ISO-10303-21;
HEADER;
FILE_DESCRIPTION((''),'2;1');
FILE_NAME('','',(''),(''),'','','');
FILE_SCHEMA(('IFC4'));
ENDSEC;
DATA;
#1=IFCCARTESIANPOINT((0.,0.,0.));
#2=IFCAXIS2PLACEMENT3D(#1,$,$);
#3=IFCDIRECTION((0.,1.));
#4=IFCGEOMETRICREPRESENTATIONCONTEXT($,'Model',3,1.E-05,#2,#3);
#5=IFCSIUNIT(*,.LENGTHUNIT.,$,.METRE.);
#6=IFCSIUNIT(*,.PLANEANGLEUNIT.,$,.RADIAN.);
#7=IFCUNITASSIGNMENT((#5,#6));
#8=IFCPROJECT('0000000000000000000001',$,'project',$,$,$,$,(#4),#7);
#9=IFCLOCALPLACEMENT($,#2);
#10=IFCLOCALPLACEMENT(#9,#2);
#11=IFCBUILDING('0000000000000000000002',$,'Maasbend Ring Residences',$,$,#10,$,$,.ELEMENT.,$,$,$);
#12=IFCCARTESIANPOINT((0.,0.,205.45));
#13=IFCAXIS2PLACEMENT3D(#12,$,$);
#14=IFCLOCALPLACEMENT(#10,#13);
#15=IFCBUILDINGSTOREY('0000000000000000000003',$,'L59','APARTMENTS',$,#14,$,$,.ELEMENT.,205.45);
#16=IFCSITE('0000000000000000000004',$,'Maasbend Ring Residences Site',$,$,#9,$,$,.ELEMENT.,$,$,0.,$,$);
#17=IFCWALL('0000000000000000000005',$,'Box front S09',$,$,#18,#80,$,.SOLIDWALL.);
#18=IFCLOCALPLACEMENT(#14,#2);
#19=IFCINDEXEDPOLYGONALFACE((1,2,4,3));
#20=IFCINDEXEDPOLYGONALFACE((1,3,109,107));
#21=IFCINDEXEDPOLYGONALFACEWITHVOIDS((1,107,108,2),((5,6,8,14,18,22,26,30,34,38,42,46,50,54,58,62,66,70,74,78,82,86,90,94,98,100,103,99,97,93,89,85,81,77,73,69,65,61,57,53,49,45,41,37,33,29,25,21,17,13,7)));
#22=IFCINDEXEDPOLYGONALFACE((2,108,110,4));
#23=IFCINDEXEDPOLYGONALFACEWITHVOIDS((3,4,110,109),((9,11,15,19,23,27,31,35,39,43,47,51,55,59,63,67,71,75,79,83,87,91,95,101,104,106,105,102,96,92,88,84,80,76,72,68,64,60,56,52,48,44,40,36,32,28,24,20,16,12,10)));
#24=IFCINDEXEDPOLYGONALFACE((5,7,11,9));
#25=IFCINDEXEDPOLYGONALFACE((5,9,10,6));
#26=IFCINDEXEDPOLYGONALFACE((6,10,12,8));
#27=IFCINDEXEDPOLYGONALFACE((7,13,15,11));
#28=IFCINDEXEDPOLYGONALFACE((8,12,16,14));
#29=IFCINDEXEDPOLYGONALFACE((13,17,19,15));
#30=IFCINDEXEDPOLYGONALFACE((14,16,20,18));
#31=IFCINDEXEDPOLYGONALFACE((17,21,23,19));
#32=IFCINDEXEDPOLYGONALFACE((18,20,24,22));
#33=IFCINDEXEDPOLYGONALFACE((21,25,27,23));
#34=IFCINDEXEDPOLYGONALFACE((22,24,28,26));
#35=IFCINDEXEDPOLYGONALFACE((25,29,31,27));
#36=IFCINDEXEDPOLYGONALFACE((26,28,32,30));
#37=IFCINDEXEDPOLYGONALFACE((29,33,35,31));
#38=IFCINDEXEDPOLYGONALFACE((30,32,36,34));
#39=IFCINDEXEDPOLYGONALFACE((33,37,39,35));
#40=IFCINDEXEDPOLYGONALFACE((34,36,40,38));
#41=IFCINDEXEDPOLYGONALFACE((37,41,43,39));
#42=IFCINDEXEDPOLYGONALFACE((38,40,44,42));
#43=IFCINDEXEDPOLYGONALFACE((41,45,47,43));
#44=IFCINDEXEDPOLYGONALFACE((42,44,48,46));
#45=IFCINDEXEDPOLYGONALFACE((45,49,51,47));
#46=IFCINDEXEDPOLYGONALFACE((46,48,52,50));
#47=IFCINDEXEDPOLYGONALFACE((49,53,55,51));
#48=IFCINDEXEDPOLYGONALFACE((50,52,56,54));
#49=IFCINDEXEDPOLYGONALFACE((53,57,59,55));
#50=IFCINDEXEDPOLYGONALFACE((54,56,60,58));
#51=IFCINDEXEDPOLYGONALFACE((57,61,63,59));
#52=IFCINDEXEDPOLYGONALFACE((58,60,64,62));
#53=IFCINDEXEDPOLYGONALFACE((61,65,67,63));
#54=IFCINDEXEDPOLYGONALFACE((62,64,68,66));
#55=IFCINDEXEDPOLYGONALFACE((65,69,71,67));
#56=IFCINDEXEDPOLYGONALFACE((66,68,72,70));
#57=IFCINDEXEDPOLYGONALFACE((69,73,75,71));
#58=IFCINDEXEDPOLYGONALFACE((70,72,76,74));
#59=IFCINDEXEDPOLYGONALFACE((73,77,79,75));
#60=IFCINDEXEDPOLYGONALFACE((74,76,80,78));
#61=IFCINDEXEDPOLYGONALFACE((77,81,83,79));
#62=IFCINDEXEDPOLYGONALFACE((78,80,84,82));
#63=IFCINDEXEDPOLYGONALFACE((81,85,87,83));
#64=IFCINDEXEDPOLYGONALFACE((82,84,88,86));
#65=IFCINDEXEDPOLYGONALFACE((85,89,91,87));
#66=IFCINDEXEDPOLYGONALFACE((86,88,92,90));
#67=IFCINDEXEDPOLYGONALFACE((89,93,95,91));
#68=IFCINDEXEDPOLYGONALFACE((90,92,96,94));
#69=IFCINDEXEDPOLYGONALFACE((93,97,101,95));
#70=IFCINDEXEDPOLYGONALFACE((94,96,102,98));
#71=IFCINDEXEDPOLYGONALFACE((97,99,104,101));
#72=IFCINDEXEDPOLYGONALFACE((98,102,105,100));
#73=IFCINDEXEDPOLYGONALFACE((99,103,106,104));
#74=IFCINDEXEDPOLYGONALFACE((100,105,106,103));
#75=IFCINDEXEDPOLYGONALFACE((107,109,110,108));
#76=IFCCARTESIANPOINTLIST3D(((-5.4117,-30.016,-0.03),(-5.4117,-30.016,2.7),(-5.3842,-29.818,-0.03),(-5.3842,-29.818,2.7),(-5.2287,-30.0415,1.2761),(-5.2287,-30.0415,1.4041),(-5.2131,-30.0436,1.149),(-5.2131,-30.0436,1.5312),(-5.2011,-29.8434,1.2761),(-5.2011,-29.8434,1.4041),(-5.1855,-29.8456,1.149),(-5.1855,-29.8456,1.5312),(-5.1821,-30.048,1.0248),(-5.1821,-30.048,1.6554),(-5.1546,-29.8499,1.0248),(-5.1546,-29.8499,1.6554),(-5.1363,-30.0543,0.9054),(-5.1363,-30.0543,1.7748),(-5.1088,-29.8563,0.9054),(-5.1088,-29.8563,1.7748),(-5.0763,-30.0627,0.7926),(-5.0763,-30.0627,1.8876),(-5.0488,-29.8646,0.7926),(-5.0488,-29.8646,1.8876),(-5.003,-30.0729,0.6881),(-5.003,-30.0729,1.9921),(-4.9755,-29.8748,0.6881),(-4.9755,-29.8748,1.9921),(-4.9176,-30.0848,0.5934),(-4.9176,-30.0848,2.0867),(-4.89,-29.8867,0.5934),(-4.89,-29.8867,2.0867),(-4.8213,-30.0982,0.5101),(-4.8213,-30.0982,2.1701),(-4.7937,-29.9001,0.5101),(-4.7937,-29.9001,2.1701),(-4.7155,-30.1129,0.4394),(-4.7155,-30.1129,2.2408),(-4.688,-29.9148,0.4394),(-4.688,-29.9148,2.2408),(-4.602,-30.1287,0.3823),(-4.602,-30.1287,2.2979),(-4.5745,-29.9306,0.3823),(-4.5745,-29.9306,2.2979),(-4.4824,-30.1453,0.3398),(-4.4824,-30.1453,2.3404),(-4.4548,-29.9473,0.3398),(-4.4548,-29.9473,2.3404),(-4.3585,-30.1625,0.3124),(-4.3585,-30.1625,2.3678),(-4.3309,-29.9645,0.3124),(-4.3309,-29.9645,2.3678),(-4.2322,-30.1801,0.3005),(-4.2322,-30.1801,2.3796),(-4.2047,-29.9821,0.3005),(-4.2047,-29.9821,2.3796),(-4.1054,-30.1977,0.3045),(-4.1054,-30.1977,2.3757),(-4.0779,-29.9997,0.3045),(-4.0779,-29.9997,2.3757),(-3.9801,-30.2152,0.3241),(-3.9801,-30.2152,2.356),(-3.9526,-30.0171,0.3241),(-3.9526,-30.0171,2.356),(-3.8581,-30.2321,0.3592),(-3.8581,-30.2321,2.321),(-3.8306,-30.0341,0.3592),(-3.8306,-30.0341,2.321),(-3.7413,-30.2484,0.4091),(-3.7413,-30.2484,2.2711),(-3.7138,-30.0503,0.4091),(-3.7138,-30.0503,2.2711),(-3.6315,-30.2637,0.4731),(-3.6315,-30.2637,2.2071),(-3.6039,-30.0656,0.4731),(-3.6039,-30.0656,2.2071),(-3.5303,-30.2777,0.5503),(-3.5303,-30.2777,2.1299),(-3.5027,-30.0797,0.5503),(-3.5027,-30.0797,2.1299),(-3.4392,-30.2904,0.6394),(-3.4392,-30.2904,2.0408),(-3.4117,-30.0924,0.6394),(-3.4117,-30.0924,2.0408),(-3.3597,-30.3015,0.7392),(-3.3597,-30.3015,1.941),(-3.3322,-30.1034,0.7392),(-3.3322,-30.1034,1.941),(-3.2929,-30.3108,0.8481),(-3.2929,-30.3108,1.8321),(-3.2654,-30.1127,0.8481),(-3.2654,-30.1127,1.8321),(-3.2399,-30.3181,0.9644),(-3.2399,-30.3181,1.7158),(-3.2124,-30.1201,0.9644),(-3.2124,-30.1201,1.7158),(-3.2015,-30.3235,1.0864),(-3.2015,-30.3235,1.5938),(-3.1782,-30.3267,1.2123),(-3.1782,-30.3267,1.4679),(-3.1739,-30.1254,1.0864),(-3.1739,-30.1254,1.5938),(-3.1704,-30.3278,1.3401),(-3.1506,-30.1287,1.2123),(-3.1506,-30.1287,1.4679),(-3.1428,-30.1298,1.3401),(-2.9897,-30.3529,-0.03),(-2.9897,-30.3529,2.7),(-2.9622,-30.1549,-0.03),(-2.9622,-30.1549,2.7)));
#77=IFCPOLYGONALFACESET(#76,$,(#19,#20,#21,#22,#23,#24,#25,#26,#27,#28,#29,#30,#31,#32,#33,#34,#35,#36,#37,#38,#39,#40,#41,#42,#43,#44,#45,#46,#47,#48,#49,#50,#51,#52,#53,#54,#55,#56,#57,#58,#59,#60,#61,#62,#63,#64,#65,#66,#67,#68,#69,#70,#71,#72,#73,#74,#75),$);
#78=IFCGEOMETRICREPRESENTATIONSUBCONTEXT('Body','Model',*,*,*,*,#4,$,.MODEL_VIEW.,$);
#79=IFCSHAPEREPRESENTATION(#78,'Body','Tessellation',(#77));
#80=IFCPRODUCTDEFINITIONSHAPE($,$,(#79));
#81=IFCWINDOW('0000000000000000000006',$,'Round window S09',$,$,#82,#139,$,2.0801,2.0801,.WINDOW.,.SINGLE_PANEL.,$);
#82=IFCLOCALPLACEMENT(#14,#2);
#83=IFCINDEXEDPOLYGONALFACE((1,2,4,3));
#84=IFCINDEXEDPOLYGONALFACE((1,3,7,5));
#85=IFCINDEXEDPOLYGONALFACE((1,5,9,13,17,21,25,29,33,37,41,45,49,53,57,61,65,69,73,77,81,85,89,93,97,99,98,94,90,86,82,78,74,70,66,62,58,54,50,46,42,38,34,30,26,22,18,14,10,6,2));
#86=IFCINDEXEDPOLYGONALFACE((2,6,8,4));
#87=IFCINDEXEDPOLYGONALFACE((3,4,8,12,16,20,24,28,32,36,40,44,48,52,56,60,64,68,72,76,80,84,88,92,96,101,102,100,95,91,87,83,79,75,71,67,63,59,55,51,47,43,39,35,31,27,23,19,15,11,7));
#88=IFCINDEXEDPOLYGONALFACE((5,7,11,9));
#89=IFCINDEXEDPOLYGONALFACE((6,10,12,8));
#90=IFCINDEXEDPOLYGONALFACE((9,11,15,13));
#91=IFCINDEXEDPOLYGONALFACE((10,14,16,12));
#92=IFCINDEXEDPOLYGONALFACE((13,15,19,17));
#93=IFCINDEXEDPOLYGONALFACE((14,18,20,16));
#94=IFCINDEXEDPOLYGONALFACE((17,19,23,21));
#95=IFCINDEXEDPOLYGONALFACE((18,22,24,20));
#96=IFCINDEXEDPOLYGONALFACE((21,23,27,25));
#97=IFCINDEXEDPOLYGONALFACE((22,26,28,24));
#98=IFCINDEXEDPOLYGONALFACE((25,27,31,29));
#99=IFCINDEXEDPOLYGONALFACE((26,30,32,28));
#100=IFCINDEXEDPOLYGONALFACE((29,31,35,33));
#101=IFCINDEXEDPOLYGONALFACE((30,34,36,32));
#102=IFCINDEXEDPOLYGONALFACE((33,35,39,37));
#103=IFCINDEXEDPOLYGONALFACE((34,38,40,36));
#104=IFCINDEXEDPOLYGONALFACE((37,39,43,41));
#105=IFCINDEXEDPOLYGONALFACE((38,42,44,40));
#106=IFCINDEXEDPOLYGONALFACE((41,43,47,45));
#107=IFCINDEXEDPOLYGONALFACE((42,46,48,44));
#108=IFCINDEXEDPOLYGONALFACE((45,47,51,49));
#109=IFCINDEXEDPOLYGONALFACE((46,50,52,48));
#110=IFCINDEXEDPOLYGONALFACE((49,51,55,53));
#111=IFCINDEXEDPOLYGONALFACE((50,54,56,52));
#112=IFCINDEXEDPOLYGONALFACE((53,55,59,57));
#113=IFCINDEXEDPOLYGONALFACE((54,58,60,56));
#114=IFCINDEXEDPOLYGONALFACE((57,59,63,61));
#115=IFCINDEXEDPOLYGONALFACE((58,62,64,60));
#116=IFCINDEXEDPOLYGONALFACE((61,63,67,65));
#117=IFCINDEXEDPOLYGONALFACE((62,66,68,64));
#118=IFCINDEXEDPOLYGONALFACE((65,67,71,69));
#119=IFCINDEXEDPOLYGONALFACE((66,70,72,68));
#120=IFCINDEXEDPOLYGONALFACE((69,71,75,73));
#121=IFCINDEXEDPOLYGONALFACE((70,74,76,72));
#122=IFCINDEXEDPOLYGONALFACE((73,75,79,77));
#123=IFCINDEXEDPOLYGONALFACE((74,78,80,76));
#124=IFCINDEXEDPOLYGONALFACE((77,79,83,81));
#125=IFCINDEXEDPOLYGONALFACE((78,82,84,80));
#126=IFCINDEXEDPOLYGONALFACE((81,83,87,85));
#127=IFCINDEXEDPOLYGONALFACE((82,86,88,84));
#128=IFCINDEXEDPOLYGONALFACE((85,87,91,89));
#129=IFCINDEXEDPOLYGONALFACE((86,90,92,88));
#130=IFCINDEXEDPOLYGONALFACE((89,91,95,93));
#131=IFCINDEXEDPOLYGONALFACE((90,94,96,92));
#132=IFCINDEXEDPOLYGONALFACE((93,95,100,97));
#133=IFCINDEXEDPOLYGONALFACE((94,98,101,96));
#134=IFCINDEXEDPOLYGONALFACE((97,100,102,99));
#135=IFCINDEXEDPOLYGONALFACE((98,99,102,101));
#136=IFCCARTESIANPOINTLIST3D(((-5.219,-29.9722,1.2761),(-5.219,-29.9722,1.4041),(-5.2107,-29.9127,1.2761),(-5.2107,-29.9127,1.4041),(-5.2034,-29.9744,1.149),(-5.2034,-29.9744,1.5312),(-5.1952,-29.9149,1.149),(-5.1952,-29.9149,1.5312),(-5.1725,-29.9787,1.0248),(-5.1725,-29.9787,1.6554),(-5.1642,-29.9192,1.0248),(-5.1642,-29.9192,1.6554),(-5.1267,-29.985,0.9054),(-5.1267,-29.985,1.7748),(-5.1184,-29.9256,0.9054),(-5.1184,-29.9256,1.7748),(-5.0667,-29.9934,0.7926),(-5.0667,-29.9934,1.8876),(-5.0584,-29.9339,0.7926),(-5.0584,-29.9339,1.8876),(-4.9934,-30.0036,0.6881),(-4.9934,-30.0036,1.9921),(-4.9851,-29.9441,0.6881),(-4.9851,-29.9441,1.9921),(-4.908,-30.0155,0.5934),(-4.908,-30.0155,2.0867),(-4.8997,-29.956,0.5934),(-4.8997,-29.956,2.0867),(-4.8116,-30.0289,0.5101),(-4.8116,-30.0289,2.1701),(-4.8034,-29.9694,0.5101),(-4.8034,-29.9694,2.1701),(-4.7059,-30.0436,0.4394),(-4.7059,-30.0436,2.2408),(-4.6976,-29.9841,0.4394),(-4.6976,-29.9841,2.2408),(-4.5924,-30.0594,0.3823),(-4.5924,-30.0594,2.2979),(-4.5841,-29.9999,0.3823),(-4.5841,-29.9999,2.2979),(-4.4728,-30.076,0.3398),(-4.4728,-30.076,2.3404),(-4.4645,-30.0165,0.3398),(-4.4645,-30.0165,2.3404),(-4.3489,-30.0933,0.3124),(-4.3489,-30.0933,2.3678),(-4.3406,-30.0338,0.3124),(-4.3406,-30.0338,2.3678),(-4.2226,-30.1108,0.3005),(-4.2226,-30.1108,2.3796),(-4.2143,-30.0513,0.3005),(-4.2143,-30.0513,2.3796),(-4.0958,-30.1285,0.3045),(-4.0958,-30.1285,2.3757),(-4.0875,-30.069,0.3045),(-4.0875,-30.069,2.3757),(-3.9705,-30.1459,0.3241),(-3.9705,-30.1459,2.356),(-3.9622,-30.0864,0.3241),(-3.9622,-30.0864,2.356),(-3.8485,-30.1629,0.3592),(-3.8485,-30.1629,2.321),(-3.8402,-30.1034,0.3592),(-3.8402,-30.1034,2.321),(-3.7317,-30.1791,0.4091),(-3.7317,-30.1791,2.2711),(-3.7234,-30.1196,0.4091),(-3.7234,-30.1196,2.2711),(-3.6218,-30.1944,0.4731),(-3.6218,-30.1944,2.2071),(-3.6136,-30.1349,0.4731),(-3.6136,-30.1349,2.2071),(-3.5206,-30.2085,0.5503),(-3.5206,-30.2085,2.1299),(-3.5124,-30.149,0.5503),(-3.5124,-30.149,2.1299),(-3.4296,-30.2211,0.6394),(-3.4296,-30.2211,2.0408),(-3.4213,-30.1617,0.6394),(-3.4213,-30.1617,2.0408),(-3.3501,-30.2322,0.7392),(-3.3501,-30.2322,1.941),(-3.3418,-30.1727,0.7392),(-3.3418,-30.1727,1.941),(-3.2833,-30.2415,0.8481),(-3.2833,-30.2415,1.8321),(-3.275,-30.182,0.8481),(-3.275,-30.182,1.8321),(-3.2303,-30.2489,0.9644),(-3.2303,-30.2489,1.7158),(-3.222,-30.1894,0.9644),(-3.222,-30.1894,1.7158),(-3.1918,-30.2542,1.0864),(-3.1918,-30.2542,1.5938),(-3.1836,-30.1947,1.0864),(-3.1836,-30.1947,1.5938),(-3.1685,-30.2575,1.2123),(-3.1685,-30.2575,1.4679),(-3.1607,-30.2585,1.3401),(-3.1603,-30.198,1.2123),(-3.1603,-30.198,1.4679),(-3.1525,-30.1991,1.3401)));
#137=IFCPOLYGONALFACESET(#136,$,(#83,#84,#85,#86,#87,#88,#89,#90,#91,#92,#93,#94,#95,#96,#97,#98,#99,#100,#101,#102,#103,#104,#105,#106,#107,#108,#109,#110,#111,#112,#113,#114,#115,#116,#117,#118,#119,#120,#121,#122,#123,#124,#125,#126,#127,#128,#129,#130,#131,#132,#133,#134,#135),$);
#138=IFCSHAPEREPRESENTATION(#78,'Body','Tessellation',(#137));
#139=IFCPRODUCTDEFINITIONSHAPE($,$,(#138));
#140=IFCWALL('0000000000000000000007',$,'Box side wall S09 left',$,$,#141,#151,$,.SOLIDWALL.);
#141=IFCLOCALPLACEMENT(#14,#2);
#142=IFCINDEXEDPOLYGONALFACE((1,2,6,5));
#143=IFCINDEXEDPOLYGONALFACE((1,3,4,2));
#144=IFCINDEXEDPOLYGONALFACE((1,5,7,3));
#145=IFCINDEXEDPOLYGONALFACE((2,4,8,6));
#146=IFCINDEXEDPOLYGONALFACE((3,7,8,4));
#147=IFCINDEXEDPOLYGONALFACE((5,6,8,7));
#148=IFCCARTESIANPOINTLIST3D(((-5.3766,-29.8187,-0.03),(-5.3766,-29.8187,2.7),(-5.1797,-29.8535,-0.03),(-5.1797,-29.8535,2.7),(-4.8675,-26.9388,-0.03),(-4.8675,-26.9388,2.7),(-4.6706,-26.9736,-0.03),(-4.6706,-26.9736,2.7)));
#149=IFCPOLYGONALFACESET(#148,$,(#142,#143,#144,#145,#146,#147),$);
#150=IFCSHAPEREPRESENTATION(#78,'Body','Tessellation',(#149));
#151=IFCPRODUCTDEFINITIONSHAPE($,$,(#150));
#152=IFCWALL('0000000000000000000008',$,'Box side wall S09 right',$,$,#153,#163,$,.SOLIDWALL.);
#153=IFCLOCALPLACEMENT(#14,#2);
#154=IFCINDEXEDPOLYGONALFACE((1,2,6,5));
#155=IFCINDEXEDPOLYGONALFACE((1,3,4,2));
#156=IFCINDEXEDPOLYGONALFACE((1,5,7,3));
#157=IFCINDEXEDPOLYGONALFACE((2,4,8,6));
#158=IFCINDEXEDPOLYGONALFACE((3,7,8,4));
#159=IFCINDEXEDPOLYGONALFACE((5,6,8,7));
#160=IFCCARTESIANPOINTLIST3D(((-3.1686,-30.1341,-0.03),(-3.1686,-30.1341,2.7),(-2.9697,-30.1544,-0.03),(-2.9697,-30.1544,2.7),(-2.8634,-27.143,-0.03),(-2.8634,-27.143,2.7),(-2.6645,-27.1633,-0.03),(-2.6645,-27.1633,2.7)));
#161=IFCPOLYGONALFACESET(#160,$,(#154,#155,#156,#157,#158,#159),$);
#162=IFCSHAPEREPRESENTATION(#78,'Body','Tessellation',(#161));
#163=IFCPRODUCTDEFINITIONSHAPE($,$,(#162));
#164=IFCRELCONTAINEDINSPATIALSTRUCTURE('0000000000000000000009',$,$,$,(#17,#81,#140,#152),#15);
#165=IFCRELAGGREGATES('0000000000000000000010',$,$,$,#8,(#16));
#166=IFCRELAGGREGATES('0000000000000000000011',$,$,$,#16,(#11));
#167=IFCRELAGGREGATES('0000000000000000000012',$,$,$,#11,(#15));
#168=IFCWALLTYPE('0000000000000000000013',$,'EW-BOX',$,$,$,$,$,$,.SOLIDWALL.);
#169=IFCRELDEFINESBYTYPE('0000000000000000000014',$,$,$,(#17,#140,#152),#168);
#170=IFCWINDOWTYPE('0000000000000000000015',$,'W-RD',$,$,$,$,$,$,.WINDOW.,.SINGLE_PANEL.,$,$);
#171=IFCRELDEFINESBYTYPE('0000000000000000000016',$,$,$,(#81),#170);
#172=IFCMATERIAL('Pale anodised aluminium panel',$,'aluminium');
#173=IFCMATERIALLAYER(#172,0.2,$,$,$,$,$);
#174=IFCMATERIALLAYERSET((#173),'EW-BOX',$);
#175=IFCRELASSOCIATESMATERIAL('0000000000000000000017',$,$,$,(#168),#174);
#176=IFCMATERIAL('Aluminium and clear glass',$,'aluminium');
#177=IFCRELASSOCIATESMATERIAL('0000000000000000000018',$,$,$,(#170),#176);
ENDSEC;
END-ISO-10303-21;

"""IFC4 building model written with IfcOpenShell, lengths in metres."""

from ifc_helpers import new_model, si_unit, direction, frame, frame_2d, origin, place, context, subcontext, project, spatial, rectangle, circle, extrude, material, layer, layer_set, type_object, element, fill, save


model = new_model("IFC4")

# Units and contexts
model_context = context("Model", 3, precision=1e-05, world=origin(), true_north=direction((0.0, 1.0)))
body_context = subcontext(model_context, "Body", "Model", "MODEL_VIEW")
ifc_project = project(units=[si_unit("LENGTHUNIT", "METRE"), si_unit("PLANEANGLEUNIT", "RADIAN")], contexts=[model_context])

# Site, building, storey
site_placement = place(None, origin())
site = spatial("IfcSite", under=ifc_project, at=site_placement, Name="Maasbend Ring Residences Site", CompositionType="ELEMENT", RefElevation=0.0)
building_placement = place(site_placement, origin())
building = spatial("IfcBuilding", under=site, at=building_placement, Name="Maasbend Ring Residences", CompositionType="ELEMENT")
storey_placement = place(building_placement, frame((0.0, 0.0, 205.45)))
storey = spatial("IfcBuildingStorey", under=building, at=storey_placement, Name="L59", Description="APARTMENTS", CompositionType="ELEMENT", Elevation=205.45)

# Shared definitions
ifc_material_1 = material(Name="Pale anodised aluminium panel", Category="aluminium")
ifc_layer_1 = layer(ifc_material_1, 0.2)
ifc_layer_set_1 = layer_set([ifc_layer_1], Name="EW-BOX")
wall_type_1 = type_object("IfcWallType", Name="EW-BOX", PredefinedType="SOLIDWALL", material=ifc_layer_set_1)

# Wall, opening, window
wall_1_placement = place(storey_placement, frame((-5.3979, -29.917, -0.03), z_axis=(0.0, 0.0, 1.0), x_axis=(0.990462, -0.137786, 0.0)))
wall_1 = element("IfcWall", 1, at=wall_1_placement, inside=storey, type_object=wall_type_1, Name="Box front S09", PredefinedType="SOLIDWALL", context=body_context, shape_type="SweptSolid", body=[
    extrude(rectangle(XDim=2.4453, YDim=0.2, at=frame_2d((1.2227, 0.0))), origin(), (0.0, 0.0, 1.0), 2.73),
])
opening_1_placement = place(wall_1_placement, frame((0.1829, 0.0, 0.3301)))
opening_1 = element("IfcOpeningElement", 2, at=opening_1_placement, cuts=wall_1, PredefinedType="OPENING", context=body_context, shape_type="SweptSolid", body=[
    extrude(circle(Radius=1.04, at=frame_2d((1.04, 1.04))), frame((0.0, 0.1099, 0.0), z_axis=(0.0, -1.0, 0.0), x_axis=(1.0, 0.0, 0.0)), (0.0, 0.0, 1.0), 0.22),
])
ifc_material_2 = material(Name="Aluminium and clear glass", Category="aluminium")
window_type_1 = type_object("IfcWindowType", Name="W-RD", PartitioningType="SINGLE_PANEL", PredefinedType="WINDOW", material=ifc_material_2)
window_1_placement = place(opening_1_placement, origin())
window_1 = element("IfcWindow", 3, at=window_1_placement, inside=storey, type_object=window_type_1, Name="Round window S09", OverallHeight=2.0801, OverallWidth=2.0801, PartitioningType="SINGLE_PANEL", PredefinedType="WINDOW", context=body_context, shape_type="SweptSolid", body=[
    extrude(circle(Radius=1.04, at=frame_2d((1.04, 1.04))), frame((0.0, 0.03, 0.0), z_axis=(0.0, -1.0, 0.0), x_axis=(1.0, 0.0, 0.0)), (0.0, 0.0, 1.0), 0.0601),
])
fill(opening_1, window_1)

# Walls
wall_2_placement = place(storey_placement, frame((-4.769, -26.9561, -0.03), z_axis=(0.0, 0.0, 1.0), x_axis=(-0.174057, -0.984736, 0.0)))
element("IfcWall", 4, at=wall_2_placement, inside=storey, type_object=wall_type_1, Name="Box side wall S09 left", PredefinedType="SOLIDWALL", context=body_context, shape_type="SweptSolid", body=[
    extrude(rectangle(XDim=2.9246, YDim=0.2, at=frame_2d((1.4624, 0.0))), origin(), (0.0, 0.0, 1.0), 2.73),
])
wall_3_placement = place(storey_placement, frame((-2.7639, -27.1531, -0.03), z_axis=(0.0, 0.0, 1.0), x_axis=(-0.101505, -0.994835, 0.0)))
element("IfcWall", 5, at=wall_3_placement, inside=storey, type_object=wall_type_1, Name="Box side wall S09 right", PredefinedType="SOLIDWALL", context=body_context, shape_type="SweptSolid", body=[
    extrude(rectangle(XDim=3.0066, YDim=0.2, at=frame_2d((1.5034, 0.0))), origin(), (0.0, 0.0, 1.0), 2.73),
])

save(model, "model.ifc")
